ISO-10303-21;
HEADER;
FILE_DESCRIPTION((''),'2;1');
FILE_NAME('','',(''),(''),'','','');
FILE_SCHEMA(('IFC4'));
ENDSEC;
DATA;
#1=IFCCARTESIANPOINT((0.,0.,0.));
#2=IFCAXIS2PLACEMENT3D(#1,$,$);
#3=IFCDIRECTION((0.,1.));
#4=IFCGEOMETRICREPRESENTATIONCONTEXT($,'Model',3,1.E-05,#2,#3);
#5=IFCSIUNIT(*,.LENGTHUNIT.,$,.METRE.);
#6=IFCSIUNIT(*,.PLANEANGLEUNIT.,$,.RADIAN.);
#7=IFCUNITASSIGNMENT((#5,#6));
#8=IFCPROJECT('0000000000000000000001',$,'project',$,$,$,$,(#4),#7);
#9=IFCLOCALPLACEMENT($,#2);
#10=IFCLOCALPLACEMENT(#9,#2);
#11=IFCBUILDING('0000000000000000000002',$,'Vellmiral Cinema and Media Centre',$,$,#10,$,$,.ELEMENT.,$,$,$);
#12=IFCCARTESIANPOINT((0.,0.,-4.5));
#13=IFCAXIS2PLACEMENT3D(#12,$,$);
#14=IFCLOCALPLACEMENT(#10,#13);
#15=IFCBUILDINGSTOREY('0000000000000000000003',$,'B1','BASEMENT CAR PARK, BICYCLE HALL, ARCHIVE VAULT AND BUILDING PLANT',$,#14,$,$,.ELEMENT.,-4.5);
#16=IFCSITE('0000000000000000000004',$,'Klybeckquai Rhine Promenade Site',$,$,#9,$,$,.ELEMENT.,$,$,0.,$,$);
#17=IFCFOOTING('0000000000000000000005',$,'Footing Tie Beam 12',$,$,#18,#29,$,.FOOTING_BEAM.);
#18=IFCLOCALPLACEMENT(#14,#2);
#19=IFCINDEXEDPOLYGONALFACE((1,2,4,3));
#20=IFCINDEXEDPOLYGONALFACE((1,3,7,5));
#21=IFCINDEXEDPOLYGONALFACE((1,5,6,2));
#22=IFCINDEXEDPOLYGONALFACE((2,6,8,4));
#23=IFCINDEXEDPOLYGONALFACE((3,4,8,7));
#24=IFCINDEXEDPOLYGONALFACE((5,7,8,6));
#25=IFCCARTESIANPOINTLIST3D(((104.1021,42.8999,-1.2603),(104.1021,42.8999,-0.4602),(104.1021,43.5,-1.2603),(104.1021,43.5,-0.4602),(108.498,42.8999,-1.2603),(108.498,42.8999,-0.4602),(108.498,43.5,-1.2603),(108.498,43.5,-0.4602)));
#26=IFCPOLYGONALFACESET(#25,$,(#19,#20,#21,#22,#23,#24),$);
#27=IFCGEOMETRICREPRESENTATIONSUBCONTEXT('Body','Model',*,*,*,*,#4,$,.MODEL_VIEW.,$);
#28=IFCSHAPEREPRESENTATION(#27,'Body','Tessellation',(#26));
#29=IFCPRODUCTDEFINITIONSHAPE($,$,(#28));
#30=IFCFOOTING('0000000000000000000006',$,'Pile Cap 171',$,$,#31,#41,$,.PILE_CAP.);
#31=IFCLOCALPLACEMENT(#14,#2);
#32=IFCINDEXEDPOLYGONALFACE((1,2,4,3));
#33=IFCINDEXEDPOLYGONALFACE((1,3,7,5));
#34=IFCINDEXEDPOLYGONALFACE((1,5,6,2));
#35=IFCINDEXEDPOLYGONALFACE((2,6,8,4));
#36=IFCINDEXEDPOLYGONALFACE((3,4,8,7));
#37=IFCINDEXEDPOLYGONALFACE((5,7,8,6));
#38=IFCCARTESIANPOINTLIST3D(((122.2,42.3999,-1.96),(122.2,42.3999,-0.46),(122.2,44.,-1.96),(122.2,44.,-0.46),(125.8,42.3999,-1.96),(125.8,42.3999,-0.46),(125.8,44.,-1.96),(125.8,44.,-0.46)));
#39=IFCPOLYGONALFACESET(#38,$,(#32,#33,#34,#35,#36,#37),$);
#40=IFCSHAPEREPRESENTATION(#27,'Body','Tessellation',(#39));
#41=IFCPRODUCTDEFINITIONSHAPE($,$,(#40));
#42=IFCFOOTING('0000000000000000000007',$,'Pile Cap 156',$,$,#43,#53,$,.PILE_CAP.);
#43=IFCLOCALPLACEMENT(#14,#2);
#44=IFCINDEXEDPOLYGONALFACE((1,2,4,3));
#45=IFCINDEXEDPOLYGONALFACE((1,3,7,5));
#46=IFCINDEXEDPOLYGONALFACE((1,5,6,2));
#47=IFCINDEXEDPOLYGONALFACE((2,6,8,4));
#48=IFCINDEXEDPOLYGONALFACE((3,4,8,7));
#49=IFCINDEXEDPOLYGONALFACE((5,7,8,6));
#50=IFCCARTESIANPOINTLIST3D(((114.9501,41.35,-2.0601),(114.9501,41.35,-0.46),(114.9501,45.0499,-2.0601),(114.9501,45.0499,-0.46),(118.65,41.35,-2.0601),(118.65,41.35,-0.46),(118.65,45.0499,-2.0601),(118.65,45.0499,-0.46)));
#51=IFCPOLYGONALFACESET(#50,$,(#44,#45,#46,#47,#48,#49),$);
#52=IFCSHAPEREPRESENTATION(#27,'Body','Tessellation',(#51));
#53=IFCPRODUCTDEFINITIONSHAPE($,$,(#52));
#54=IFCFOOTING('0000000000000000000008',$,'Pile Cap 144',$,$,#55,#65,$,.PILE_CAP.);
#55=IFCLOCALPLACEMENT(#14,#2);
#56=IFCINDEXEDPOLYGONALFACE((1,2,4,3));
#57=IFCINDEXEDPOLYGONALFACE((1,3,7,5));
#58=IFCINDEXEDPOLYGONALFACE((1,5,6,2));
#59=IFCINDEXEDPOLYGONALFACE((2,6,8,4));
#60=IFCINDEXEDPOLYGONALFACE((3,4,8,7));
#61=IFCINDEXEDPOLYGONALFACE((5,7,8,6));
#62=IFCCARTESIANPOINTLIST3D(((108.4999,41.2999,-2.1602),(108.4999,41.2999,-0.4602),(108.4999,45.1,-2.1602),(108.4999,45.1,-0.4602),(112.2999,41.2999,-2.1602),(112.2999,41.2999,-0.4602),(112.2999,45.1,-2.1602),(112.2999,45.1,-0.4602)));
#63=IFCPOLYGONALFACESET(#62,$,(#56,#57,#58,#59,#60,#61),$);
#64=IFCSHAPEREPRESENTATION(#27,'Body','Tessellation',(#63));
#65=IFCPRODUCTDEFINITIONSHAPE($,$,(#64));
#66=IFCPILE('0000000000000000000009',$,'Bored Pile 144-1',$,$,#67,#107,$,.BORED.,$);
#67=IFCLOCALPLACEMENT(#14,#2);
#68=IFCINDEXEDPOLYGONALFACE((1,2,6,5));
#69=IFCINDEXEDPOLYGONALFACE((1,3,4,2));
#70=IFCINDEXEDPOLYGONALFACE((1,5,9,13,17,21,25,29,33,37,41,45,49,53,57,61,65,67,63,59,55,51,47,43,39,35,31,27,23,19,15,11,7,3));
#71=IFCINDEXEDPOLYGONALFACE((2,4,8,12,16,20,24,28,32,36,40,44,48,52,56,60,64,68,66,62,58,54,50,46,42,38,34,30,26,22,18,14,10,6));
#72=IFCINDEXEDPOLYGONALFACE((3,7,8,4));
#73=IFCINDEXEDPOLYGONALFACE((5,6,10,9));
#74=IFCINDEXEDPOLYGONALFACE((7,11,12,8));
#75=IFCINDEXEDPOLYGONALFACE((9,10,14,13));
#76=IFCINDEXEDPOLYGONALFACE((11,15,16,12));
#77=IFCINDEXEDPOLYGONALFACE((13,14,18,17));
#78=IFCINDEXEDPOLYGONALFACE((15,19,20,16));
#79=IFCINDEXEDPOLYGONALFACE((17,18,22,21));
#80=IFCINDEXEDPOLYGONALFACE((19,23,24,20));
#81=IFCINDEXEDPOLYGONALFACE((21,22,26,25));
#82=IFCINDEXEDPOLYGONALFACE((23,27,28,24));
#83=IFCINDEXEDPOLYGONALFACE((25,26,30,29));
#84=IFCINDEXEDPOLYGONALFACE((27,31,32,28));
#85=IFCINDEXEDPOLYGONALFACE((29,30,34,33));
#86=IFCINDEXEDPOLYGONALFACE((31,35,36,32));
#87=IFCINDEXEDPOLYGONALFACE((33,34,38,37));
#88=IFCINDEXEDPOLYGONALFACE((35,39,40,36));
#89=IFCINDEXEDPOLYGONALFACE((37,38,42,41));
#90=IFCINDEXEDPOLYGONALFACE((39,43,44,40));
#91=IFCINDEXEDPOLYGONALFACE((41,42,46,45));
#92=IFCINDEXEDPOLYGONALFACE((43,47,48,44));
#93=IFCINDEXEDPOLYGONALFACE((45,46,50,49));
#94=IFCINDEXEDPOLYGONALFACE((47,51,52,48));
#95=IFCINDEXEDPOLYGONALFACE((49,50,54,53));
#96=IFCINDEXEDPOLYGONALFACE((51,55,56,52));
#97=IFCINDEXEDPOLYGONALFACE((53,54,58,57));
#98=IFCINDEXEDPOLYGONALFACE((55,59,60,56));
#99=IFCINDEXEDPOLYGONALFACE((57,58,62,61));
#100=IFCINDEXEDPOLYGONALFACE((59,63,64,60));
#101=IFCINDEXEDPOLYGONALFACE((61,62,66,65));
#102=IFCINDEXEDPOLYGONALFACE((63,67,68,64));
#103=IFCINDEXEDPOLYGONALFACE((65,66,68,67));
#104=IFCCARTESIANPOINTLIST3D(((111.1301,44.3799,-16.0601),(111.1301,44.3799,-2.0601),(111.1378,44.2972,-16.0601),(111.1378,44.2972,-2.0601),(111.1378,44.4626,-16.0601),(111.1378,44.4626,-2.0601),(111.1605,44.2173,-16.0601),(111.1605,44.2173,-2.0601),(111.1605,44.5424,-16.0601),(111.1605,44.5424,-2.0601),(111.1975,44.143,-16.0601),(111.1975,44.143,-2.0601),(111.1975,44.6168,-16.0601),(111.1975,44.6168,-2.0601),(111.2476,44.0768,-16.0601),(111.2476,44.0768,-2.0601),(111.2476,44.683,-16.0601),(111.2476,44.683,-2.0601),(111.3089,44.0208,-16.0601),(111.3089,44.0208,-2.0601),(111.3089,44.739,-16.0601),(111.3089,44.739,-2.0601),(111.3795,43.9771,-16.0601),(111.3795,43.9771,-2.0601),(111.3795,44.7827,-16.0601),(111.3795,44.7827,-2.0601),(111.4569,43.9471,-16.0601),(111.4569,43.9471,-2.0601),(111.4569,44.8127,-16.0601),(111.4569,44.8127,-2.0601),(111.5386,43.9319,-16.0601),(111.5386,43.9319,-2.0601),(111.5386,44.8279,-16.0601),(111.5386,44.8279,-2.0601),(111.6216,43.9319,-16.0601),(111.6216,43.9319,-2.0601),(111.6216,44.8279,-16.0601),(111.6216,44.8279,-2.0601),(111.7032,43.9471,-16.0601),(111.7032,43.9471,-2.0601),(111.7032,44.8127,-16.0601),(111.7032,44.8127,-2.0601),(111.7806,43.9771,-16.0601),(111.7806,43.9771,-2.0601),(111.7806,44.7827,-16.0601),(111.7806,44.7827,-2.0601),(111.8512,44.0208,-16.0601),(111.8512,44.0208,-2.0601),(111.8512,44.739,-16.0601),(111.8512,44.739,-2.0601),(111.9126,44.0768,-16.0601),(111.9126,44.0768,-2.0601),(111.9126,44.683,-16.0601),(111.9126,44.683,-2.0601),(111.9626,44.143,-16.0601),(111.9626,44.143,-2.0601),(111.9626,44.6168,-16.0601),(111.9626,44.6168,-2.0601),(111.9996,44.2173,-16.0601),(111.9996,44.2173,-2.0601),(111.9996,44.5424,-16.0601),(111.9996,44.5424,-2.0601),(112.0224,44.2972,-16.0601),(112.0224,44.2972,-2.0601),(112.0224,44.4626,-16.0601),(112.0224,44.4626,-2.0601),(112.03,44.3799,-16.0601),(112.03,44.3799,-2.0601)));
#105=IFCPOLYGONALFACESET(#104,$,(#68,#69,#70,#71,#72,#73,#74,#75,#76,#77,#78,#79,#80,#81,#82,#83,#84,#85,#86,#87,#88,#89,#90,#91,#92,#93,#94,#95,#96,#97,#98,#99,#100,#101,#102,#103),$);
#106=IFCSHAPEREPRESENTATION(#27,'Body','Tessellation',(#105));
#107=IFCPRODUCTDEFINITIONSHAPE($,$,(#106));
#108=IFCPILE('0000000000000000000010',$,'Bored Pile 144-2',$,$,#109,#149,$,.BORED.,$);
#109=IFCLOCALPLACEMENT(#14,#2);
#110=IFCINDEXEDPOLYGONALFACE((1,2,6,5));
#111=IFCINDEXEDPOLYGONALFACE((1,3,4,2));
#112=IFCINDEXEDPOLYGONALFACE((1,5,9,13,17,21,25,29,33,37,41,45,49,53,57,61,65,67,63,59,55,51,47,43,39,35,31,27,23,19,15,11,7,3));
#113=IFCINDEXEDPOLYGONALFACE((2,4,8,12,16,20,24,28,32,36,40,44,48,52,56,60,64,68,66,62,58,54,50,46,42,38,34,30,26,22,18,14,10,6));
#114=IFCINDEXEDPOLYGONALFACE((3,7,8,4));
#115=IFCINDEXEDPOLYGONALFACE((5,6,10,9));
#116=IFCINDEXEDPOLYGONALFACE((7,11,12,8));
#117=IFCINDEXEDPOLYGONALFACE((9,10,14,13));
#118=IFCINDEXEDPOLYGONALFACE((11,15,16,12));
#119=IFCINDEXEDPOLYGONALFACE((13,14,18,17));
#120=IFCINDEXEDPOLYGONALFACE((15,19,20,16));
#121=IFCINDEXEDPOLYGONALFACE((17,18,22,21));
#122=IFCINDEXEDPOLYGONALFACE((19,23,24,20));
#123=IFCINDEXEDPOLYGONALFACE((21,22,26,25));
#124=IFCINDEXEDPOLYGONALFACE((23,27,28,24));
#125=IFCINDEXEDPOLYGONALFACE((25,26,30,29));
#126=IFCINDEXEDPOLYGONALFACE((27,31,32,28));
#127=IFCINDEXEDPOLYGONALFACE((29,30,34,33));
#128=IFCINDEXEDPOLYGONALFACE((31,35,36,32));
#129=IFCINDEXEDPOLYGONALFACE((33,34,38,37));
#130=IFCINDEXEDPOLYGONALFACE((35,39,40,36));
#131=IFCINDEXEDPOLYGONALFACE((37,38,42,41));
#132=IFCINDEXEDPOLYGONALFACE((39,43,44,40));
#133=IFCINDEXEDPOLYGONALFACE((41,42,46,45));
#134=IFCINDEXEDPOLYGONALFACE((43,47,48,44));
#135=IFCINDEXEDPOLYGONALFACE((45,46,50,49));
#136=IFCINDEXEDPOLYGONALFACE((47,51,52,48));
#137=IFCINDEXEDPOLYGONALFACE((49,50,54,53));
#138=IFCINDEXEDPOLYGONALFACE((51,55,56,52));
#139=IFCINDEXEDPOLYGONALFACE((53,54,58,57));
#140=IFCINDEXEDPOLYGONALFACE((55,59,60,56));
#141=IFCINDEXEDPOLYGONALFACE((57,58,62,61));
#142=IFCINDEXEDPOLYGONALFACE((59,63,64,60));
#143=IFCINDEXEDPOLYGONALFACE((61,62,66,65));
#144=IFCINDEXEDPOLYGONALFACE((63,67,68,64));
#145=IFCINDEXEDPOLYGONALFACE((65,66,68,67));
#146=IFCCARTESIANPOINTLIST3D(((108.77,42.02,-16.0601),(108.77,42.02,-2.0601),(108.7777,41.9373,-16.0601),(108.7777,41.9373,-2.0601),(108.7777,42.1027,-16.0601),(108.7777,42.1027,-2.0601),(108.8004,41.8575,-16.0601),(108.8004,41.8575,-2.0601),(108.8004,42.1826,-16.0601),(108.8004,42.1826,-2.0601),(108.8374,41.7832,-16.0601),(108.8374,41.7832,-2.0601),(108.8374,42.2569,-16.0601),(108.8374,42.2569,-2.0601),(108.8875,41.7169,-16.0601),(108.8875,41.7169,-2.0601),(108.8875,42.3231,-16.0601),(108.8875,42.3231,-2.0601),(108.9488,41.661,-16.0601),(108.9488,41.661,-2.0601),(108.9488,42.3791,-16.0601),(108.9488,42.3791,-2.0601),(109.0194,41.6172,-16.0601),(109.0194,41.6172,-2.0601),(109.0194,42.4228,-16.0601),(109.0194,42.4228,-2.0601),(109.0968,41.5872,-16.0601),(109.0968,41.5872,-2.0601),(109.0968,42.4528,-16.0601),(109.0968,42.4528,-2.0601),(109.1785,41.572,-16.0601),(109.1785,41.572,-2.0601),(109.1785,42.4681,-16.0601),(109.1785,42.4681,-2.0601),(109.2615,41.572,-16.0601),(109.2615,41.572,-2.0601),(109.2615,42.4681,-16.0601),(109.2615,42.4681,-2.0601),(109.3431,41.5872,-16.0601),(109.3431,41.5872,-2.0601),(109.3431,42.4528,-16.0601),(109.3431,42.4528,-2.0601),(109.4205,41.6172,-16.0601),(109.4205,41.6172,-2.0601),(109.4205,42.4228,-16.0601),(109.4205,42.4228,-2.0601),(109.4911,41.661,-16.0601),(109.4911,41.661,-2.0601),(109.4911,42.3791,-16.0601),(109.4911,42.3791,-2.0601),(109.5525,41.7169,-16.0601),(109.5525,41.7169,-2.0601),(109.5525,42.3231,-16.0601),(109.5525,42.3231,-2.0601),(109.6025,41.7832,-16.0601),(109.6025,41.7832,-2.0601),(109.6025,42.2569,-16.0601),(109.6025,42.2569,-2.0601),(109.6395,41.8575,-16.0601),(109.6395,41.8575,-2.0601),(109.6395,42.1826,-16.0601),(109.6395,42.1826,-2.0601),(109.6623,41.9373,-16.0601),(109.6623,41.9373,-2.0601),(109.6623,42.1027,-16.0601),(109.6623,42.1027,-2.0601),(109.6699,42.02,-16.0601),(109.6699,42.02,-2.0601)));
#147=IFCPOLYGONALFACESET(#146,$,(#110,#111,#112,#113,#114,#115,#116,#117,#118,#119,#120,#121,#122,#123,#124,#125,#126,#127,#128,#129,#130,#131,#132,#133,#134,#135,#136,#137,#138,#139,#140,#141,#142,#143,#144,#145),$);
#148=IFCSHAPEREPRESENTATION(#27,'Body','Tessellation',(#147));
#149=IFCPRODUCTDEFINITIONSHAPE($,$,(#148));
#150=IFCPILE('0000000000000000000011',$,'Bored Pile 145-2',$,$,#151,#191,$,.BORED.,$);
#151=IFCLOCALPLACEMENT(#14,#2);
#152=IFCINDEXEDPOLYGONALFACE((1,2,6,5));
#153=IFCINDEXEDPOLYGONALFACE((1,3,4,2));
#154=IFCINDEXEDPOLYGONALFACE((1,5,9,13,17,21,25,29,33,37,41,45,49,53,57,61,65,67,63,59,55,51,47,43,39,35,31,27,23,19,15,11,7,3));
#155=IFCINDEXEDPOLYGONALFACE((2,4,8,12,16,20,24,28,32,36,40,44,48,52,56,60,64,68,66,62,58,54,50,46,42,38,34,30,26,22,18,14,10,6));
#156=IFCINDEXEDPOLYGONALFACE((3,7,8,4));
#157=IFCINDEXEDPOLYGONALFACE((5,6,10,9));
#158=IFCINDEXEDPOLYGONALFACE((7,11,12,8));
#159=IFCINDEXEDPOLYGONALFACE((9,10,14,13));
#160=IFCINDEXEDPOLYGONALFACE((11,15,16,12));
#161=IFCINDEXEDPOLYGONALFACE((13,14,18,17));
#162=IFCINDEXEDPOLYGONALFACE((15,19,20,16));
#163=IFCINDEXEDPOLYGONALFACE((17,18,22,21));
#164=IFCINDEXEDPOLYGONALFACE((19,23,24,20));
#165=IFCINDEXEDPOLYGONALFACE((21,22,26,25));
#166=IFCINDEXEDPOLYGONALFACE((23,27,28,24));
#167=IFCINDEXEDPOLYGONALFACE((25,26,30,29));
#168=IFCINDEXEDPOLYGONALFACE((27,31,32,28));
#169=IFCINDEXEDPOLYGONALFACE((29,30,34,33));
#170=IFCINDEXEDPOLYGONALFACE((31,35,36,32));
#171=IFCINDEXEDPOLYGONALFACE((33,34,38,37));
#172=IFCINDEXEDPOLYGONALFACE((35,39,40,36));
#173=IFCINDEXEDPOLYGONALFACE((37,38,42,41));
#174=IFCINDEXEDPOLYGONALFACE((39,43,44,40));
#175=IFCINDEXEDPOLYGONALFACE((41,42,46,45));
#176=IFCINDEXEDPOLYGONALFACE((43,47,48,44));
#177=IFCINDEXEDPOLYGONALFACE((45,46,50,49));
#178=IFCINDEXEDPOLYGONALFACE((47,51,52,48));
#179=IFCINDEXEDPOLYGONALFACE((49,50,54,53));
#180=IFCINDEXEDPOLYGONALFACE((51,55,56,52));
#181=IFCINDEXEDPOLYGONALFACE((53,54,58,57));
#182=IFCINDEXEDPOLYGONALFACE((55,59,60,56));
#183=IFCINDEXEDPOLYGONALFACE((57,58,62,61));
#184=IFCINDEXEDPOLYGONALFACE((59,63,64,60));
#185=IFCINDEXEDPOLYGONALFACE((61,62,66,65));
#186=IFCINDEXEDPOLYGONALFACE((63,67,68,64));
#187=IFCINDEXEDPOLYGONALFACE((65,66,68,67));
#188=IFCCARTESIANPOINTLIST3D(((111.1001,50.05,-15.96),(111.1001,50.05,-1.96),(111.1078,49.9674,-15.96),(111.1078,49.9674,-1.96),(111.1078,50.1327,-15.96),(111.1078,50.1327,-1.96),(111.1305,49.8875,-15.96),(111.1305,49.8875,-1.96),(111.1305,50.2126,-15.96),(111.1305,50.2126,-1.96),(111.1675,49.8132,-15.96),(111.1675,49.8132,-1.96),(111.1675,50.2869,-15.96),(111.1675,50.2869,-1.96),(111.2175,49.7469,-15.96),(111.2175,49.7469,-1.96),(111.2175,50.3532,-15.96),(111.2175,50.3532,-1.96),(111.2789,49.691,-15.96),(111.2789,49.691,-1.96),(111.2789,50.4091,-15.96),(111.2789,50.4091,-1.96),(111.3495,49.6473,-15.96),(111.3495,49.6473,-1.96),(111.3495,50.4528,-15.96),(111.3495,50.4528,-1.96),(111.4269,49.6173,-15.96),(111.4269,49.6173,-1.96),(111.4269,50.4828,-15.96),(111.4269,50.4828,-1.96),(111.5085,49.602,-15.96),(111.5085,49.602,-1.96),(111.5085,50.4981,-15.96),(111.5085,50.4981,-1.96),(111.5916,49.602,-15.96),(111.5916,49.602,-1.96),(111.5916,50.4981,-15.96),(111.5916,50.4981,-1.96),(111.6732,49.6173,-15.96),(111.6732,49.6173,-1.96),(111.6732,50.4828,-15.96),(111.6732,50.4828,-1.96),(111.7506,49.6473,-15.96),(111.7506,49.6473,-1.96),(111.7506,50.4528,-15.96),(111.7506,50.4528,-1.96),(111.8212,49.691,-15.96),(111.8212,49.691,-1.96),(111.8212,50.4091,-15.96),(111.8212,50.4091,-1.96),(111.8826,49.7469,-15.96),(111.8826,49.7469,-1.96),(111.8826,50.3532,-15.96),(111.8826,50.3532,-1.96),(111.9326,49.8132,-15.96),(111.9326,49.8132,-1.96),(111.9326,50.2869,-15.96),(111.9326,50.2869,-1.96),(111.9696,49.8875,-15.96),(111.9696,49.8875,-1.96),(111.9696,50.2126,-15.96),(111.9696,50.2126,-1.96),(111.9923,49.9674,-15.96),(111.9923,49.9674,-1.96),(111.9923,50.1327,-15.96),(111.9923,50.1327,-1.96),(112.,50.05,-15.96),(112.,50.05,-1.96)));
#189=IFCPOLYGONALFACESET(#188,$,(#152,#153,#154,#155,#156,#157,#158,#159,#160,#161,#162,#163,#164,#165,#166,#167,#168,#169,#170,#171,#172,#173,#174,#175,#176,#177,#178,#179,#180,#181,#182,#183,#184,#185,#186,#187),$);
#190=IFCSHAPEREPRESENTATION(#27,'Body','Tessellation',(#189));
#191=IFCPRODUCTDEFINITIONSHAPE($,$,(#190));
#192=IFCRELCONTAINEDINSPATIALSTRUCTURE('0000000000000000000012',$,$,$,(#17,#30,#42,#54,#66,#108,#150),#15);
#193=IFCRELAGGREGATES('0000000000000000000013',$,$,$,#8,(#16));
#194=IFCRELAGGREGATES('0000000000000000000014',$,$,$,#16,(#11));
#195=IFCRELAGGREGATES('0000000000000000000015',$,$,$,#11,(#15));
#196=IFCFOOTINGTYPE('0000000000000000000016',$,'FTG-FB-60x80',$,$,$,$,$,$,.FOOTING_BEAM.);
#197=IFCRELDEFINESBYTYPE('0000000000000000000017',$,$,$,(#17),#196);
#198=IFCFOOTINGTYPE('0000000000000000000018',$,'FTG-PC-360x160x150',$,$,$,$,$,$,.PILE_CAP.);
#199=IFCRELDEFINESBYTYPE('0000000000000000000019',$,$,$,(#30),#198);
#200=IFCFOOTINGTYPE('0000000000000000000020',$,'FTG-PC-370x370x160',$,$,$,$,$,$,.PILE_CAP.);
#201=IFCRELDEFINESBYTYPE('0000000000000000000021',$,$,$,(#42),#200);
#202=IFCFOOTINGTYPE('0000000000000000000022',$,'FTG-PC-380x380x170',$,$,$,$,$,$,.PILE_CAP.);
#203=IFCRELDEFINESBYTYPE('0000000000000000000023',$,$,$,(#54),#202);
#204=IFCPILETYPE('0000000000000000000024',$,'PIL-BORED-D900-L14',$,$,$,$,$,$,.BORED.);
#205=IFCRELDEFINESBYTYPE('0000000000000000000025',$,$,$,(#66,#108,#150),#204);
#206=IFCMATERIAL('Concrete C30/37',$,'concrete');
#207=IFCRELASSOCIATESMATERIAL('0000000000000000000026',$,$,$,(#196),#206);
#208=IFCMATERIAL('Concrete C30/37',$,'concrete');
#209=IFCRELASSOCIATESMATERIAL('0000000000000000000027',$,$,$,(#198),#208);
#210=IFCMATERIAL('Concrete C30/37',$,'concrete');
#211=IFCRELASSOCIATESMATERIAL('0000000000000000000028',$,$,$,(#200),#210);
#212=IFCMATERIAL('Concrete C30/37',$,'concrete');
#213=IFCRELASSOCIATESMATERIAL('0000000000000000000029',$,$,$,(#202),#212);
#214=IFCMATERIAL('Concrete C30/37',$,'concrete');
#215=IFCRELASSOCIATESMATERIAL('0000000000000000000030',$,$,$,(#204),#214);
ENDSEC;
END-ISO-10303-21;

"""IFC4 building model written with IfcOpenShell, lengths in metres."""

from ifc_helpers import new_model, si_unit, direction, frame, origin, origin_2d, place, context, subcontext, project, spatial, rectangle, circle, extrude, material, material_profile, profile_set, type_object, element, save


model = new_model("IFC4")

# Units and contexts
model_context = context("Model", 3, precision=1e-05, world=origin(), true_north=direction((0.0, 1.0)))
body_context = subcontext(model_context, "Body", "Model", "MODEL_VIEW")
ifc_project = project(units=[si_unit("LENGTHUNIT", "METRE"), si_unit("PLANEANGLEUNIT", "RADIAN")], contexts=[model_context])

# Site, building, storey
site_placement = place(None, origin())
site = spatial("IfcSite", under=ifc_project, at=site_placement, Name="Klybeckquai Rhine Promenade Site", CompositionType="ELEMENT", RefElevation=0.0)
building_placement = place(site_placement, origin())
building = spatial("IfcBuilding", under=site, at=building_placement, Name="Vellmiral Cinema and Media Centre", CompositionType="ELEMENT")
storey_placement = place(building_placement, frame((0.0, 0.0, -4.5)))
storey = spatial("IfcBuildingStorey", under=building, at=storey_placement, Name="B1", Description="BASEMENT CAR PARK, BICYCLE HALL, ARCHIVE VAULT AND BUILDING PLANT", CompositionType="ELEMENT", Elevation=-4.5)

# Footings
ifc_material_1 = material(Name="Concrete C30/37", Category="concrete")
footing_type_1 = type_object("IfcFootingType", Name="FTG-FB-60x80", PredefinedType="FOOTING_BEAM", material=ifc_material_1)
footing_1_placement = place(storey_placement, frame((106.3, 43.2, -1.2603), z_axis=(0.0, 0.0, 1.0), x_axis=(1.0, 0.0, 0.0)))
element("IfcFooting", 1, at=footing_1_placement, inside=storey, type_object=footing_type_1, Name="Footing Tie Beam 12", PredefinedType="FOOTING_BEAM", context=body_context, shape_type="SweptSolid", body=[
    extrude(rectangle(XDim=4.396, YDim=0.6001, at=origin_2d()), origin(), (0.0, 0.0, 1.0), 0.8),
])
ifc_material_2 = material(Name="Concrete C30/37", Category="concrete")
footing_type_2 = type_object("IfcFootingType", Name="FTG-PC-360x160x150", PredefinedType="PILE_CAP", material=ifc_material_2)
footing_2_placement = place(storey_placement, frame((124.0, 43.2, -1.96), z_axis=(0.0, 0.0, 1.0), x_axis=(1.0, 0.0, 0.0)))
element("IfcFooting", 2, at=footing_2_placement, inside=storey, type_object=footing_type_2, Name="Pile Cap 171", PredefinedType="PILE_CAP", context=body_context, shape_type="SweptSolid", body=[
    extrude(rectangle(XDim=3.6001, YDim=1.6001, at=origin_2d()), origin(), (0.0, 0.0, 1.0), 1.5),
])
ifc_material_3 = material(Name="Concrete C30/37", Category="concrete")
footing_type_3 = type_object("IfcFootingType", Name="FTG-PC-370x370x160", PredefinedType="PILE_CAP", material=ifc_material_3)
footing_3_placement = place(storey_placement, frame((116.8, 43.2, -2.0601), z_axis=(0.0, 0.0, 1.0), x_axis=(1.0, 0.0, 0.0)))
element("IfcFooting", 3, at=footing_3_placement, inside=storey, type_object=footing_type_3, Name="Pile Cap 156", PredefinedType="PILE_CAP", context=body_context, shape_type="SweptSolid", body=[
    extrude(rectangle(XDim=3.7, YDim=3.7, at=origin_2d()), origin(), (0.0, 0.0, 1.0), 1.6001),
])
ifc_material_4 = material(Name="Concrete C30/37", Category="concrete")
footing_type_4 = type_object("IfcFootingType", Name="FTG-PC-380x380x170", PredefinedType="PILE_CAP", material=ifc_material_4)
footing_4_placement = place(storey_placement, frame((110.3999, 43.2, -2.1602), z_axis=(0.0, 0.0, 1.0), x_axis=(1.0, 0.0, 0.0)))
element("IfcFooting", 4, at=footing_4_placement, inside=storey, type_object=footing_type_4, Name="Pile Cap 144", PredefinedType="PILE_CAP", context=body_context, shape_type="SweptSolid", body=[
    extrude(rectangle(XDim=3.8, YDim=3.8, at=origin_2d()), origin(), (0.0, 0.0, 1.0), 1.7),
])

# Piles
ifc_material_5 = material(Name="Concrete C30/37", Category="concrete")
ifc_material_profile_1 = material_profile(ifc_material_5, circle(Radius=0.45, at=origin_2d()), Name="PILE D900")
ifc_profile_set_1 = profile_set([ifc_material_profile_1], Name="Concrete C30/37")
pile_type_1 = type_object("IfcPileType", Name="PIL-BORED-D900-L14", PredefinedType="BORED", material=ifc_profile_set_1)
for number, where, z_axis, x_axis, name in (
    (5, (111.5801, 44.3799, -2.0601), (0.0, 0.0, -1.0), (1.0, 0.0, 0.0), "Bored Pile 144-1"),
    (6, (109.22, 42.02, -2.0601), (0.0, 0.0, -1.0), (1.0, 0.0, 0.0), "Bored Pile 144-2"),
    (7, (111.55, 50.05, -1.96), (0.0, 0.0, -1.0), (1.0, 0.0, 0.0), "Bored Pile 145-2"),
):
    element("IfcPile", number, at=place(storey_placement, frame(where, z_axis=z_axis, x_axis=x_axis)), inside=storey, type_object=pile_type_1, Name=name, PredefinedType="BORED", context=body_context, shape_type="SweptSolid", body=[
        extrude(circle(Radius=0.45, at=origin_2d()), origin(), (0.0, 0.0, 1.0), 14.0),
    ])

save(model, "model.ifc")
